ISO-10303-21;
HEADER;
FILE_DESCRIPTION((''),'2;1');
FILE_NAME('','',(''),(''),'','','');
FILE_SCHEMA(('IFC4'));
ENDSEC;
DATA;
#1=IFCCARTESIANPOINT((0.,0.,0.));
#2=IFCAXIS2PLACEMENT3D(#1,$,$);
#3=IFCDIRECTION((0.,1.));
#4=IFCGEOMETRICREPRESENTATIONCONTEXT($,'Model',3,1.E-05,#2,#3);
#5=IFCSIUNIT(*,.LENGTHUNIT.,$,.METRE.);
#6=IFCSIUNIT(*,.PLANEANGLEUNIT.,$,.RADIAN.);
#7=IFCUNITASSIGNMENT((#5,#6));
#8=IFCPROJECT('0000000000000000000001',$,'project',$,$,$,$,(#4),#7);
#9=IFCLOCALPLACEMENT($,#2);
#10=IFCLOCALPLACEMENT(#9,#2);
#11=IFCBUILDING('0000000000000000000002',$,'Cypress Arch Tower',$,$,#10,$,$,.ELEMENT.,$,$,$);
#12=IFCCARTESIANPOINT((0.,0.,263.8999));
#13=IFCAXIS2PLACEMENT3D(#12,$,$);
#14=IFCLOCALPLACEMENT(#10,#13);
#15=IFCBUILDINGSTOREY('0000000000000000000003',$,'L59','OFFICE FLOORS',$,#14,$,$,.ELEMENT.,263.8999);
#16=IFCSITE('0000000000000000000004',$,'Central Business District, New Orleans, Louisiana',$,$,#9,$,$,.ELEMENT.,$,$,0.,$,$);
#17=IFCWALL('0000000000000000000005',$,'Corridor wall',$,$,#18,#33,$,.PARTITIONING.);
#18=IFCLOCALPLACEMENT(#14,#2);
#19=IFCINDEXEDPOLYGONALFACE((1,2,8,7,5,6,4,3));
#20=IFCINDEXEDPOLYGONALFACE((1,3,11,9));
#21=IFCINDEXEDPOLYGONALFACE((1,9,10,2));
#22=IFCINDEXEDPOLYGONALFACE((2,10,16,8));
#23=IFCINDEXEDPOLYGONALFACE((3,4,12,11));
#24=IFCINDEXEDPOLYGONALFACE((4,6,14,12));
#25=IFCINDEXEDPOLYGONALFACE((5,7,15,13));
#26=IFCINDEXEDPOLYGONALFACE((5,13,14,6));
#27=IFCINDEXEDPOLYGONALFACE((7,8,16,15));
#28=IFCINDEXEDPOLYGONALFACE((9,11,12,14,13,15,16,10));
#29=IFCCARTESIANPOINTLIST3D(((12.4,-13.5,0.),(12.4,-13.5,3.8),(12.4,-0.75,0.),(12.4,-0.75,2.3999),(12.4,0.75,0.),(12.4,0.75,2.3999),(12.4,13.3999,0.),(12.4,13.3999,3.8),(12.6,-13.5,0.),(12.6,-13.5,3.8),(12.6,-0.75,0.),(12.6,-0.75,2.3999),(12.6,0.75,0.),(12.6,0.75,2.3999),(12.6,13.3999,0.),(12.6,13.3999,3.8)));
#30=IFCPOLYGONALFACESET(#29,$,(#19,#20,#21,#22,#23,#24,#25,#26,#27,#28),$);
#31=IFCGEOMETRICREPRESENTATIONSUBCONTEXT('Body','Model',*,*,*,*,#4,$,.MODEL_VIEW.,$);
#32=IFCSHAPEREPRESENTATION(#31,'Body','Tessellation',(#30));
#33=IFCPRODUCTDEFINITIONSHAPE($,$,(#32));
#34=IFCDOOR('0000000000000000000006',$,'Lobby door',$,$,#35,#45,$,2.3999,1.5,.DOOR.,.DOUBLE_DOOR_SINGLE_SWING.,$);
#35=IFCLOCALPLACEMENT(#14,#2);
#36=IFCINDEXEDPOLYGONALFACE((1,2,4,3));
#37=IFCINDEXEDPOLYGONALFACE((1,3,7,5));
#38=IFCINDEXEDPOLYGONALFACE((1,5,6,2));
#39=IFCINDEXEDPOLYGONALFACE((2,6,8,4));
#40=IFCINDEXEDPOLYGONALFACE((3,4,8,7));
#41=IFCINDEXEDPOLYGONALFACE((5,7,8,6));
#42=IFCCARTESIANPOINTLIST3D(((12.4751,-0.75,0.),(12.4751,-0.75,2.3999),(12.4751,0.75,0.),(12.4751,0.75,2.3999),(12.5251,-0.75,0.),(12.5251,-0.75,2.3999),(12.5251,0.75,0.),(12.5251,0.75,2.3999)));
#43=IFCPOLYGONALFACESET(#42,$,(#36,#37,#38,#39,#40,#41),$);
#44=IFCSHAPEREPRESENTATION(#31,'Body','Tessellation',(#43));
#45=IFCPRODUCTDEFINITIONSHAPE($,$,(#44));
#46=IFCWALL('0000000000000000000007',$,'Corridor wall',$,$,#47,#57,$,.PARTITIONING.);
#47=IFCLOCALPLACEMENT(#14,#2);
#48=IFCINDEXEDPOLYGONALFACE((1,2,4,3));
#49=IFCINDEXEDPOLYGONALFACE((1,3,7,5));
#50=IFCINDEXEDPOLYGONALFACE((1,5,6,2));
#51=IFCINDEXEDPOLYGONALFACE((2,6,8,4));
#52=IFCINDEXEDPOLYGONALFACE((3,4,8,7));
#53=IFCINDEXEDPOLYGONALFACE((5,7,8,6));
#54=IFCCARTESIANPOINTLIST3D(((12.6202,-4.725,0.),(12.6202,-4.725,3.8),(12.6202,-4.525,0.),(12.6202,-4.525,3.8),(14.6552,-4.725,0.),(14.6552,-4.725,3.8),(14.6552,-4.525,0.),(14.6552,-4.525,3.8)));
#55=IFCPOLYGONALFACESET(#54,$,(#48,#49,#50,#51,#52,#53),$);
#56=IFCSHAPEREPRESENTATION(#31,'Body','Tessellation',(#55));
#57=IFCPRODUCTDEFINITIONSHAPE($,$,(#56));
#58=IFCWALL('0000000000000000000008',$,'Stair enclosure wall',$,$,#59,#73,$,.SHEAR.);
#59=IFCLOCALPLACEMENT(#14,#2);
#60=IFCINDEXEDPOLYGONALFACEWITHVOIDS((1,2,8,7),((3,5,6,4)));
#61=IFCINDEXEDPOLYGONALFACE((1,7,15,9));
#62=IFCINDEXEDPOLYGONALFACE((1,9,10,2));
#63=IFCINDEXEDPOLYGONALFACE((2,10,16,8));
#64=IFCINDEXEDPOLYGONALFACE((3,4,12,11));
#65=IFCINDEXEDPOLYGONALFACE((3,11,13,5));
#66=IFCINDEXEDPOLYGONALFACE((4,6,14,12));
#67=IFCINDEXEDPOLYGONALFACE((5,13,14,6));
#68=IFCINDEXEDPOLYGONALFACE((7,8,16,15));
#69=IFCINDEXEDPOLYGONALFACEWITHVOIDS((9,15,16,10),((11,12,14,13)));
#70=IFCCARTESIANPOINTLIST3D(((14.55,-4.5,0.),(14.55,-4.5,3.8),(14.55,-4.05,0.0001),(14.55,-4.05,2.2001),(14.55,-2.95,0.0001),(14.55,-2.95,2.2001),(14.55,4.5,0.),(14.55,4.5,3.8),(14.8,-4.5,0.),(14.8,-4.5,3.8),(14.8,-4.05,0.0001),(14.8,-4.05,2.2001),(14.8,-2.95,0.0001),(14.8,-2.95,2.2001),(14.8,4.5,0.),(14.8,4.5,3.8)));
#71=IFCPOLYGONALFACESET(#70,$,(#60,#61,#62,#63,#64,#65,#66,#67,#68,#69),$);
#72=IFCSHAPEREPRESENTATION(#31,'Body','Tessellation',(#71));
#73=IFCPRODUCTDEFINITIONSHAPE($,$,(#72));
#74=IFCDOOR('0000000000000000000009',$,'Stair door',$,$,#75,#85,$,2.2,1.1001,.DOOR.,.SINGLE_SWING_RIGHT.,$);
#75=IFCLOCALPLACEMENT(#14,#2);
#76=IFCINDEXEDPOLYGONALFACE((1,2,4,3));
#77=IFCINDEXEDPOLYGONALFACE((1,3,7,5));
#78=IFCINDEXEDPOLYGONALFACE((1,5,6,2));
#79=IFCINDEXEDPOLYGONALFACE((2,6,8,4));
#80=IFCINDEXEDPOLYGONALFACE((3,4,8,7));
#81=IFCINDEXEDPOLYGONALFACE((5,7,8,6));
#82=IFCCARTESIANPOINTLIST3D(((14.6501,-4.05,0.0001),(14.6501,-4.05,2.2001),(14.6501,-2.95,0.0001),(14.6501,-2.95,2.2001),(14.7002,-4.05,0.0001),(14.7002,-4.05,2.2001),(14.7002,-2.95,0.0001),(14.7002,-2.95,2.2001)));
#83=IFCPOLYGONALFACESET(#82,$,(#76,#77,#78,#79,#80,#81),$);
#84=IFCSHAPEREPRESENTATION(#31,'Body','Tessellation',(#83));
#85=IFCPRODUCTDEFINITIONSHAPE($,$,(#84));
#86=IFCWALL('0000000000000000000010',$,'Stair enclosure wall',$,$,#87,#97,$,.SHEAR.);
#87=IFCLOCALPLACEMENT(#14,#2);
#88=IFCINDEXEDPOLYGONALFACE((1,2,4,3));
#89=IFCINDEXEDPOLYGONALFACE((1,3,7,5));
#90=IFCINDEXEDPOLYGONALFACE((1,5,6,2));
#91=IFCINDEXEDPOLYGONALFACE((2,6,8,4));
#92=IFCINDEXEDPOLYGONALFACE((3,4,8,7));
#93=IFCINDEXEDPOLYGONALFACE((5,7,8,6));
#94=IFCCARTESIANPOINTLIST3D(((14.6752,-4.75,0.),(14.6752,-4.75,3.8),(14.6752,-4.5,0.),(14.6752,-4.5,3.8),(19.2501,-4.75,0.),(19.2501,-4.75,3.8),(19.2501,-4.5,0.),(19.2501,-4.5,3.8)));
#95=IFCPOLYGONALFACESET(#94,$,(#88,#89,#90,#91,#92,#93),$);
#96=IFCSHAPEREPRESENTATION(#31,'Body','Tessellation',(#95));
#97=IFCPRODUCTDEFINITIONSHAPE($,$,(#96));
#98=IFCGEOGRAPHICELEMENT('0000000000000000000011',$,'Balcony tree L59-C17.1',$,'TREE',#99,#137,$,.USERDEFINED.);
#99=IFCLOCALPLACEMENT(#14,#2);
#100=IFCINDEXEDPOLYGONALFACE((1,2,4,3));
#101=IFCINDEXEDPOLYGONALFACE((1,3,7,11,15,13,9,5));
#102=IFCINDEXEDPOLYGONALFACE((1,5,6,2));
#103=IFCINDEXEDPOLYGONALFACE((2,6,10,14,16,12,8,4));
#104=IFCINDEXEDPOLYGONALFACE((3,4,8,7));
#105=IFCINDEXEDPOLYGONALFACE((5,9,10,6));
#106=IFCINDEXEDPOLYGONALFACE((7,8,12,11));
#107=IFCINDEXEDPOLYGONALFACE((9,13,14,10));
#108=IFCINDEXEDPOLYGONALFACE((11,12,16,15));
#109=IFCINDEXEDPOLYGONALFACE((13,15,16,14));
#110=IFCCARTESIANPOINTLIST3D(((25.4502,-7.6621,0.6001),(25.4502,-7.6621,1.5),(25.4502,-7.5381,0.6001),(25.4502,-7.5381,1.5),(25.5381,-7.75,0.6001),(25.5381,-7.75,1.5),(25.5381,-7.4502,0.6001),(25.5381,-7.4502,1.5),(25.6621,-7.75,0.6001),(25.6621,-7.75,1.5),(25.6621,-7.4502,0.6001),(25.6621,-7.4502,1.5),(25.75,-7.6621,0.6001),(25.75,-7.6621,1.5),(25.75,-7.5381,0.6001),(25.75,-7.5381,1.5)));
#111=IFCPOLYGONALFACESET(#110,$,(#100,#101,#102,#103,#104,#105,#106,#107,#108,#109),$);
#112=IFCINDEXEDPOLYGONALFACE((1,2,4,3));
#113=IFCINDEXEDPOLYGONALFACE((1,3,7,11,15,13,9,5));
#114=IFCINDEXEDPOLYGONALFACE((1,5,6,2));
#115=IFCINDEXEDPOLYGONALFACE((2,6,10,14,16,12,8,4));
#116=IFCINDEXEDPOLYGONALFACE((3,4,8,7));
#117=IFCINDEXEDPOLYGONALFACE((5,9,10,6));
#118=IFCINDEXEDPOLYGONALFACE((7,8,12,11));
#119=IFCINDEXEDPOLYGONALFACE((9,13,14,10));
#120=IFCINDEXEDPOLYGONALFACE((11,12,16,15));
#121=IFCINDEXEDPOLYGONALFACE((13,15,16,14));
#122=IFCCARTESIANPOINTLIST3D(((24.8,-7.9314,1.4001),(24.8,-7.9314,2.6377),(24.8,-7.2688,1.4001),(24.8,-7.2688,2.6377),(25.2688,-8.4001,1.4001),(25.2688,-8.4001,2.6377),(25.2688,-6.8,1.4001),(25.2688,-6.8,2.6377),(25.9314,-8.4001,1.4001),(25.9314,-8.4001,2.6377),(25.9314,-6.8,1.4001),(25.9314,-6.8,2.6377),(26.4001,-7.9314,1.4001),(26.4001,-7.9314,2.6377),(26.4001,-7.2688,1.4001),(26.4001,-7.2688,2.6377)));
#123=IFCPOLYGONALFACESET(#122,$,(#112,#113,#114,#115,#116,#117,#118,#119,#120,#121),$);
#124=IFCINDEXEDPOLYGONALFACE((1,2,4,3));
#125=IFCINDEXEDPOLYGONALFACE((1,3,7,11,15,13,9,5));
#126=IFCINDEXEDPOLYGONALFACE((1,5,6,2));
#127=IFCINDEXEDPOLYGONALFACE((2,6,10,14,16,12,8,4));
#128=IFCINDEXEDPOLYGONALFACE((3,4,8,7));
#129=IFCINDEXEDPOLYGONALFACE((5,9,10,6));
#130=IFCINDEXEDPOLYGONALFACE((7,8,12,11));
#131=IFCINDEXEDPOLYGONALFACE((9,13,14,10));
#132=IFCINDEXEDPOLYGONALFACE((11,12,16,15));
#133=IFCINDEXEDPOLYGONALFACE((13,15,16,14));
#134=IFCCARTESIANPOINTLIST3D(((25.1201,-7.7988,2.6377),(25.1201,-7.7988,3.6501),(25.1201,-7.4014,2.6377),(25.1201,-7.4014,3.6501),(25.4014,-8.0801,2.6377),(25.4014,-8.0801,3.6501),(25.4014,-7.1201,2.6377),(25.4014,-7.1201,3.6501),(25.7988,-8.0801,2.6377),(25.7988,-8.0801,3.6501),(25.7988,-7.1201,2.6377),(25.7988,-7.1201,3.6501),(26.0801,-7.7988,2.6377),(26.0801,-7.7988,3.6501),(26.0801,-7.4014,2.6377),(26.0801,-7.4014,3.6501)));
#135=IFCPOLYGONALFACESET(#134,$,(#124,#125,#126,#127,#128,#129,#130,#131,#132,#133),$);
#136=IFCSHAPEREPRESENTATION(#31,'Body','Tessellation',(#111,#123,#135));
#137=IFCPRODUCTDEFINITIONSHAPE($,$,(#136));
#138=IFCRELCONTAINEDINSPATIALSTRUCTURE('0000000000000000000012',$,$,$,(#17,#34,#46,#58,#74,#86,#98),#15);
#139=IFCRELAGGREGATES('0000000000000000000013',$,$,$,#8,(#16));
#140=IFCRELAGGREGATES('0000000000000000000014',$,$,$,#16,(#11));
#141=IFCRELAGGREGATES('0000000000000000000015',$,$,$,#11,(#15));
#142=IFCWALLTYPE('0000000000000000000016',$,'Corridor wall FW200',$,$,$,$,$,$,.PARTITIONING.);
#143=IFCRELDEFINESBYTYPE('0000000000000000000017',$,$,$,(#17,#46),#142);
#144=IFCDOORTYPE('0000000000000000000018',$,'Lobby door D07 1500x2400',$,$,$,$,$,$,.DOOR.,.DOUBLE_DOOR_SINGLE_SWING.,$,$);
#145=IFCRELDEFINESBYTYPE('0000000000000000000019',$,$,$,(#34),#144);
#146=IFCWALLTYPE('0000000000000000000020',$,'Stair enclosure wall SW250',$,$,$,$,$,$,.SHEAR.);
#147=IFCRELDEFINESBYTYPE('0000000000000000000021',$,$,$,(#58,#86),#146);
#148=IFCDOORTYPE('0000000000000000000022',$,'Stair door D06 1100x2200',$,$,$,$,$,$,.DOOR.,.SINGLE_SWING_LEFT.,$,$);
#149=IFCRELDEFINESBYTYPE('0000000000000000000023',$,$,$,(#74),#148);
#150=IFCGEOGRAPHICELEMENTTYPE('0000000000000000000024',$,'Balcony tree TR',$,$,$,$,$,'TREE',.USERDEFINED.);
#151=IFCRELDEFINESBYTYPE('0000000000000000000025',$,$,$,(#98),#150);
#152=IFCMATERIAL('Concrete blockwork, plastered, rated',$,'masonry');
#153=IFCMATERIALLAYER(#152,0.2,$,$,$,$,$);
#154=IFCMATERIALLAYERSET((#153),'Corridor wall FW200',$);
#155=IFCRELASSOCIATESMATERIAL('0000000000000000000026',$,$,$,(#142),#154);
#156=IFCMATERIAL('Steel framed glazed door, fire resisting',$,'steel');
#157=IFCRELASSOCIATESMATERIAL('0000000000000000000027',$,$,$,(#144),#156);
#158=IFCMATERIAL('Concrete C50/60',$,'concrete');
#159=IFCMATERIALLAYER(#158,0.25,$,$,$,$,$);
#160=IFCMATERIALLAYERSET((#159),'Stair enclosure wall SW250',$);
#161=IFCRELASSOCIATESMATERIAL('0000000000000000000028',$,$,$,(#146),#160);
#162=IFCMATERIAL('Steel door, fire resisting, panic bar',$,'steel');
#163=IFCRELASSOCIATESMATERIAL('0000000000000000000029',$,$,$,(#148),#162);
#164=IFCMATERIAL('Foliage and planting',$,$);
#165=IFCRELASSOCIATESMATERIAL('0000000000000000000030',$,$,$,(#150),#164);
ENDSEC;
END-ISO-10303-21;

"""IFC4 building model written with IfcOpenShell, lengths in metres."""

from ifc_helpers import new_model, si_unit, direction, frame, frame_2d, origin, place, context, subcontext, project, spatial, polyline, rectangle, outline, extrude, material, layer, layer_set, type_object, element, fill, save


model = new_model("IFC4")

# Units and contexts
model_context = context("Model", 3, precision=1e-05, world=origin(), true_north=direction((0.0, 1.0)))
body_context = subcontext(model_context, "Body", "Model", "MODEL_VIEW")
ifc_project = project(units=[si_unit("LENGTHUNIT", "METRE"), si_unit("PLANEANGLEUNIT", "RADIAN")], contexts=[model_context])

# Site, building, storey
site_placement = place(None, origin())
site = spatial("IfcSite", under=ifc_project, at=site_placement, Name="Central Business District, New Orleans, Louisiana", CompositionType="ELEMENT", RefElevation=0.0)
building_placement = place(site_placement, origin())
building = spatial("IfcBuilding", under=site, at=building_placement, Name="Cypress Arch Tower", CompositionType="ELEMENT")
storey_placement = place(building_placement, frame((0.0, 0.0, 263.8999)))
storey = spatial("IfcBuildingStorey", under=building, at=storey_placement, Name="L59", Description="OFFICE FLOORS", CompositionType="ELEMENT", Elevation=263.8999)

# Wall, opening, door
ifc_material_1 = material(Name="Concrete blockwork, plastered, rated", Category="masonry")
ifc_layer_1 = layer(ifc_material_1, 0.2)
ifc_layer_set_1 = layer_set([ifc_layer_1], Name="Corridor wall FW200")
wall_type_1 = type_object("IfcWallType", Name="Corridor wall FW200", PredefinedType="PARTITIONING", material=ifc_layer_set_1)
wall_1_placement = place(storey_placement, frame((12.5, -13.5, 0.0), z_axis=(0.0, 0.0, 1.0), x_axis=(0.0, 1.0, 0.0)))
wall_1 = element("IfcWall", 1, at=wall_1_placement, inside=storey, type_object=wall_type_1, Name="Corridor wall", PredefinedType="PARTITIONING", context=body_context, shape_type="SweptSolid", body=[
    extrude(rectangle(XDim=26.8999, YDim=0.2, at=frame_2d((13.45, 0.0))), origin(), (0.0, 0.0, 1.0), 3.8),
])
opening_1_placement = place(wall_1_placement, frame((12.75, 0.0, 0.0)))
opening_1 = element("IfcOpeningElement", 2, at=opening_1_placement, cuts=wall_1, PredefinedType="OPENING", context=body_context, shape_type="SweptSolid", body=[
    extrude(rectangle(XDim=1.5, YDim=2.3999, at=frame_2d((0.75, 1.2))), frame((0.0, 0.1099, 0.0), z_axis=(0.0, -1.0, 0.0), x_axis=(1.0, 0.0, 0.0)), (0.0, 0.0, 1.0), 0.22),
])
ifc_material_2 = material(Name="Steel framed glazed door, fire resisting", Category="steel")
door_type_1 = type_object("IfcDoorType", Name="Lobby door D07 1500x2400", OperationType="DOUBLE_DOOR_SINGLE_SWING", PredefinedType="DOOR", material=ifc_material_2)
door_1_placement = place(opening_1_placement, origin())
door_1 = element("IfcDoor", 3, at=door_1_placement, inside=storey, type_object=door_type_1, Name="Lobby door", OperationType="DOUBLE_DOOR_SINGLE_SWING", OverallHeight=2.3999, OverallWidth=1.5, PredefinedType="DOOR", context=body_context, shape_type="SweptSolid", body=[
    extrude(rectangle(XDim=1.5, YDim=2.3999, at=frame_2d((0.75, 1.2))), frame((0.0, 0.0249, 0.0), z_axis=(0.0, -1.0, 0.0), x_axis=(1.0, 0.0, 0.0)), (0.0, 0.0, 1.0), 0.05),
])
fill(opening_1, door_1)

# Wall
wall_2_placement = place(storey_placement, frame((12.6201, -4.625, 0.0), z_axis=(0.0, 0.0, 1.0), x_axis=(1.0, 0.0, 0.0)))
element("IfcWall", 4, at=wall_2_placement, inside=storey, type_object=wall_type_1, Name="Corridor wall", PredefinedType="PARTITIONING", context=body_context, shape_type="SweptSolid", body=[
    extrude(rectangle(XDim=2.0349, YDim=0.2, at=frame_2d((1.0176, 0.0))), origin(), (0.0, 0.0, 1.0), 3.8),
])

# Wall, opening, door
ifc_material_3 = material(Name="Concrete C50/60", Category="concrete")
ifc_layer_2 = layer(ifc_material_3, 0.25)
ifc_layer_set_2 = layer_set([ifc_layer_2], Name="Stair enclosure wall SW250")
wall_type_2 = type_object("IfcWallType", Name="Stair enclosure wall SW250", PredefinedType="SHEAR", material=ifc_layer_set_2)
wall_3_placement = place(storey_placement, frame((14.675, -4.5, 0.0), z_axis=(0.0, 0.0, 1.0), x_axis=(0.0, 1.0, 0.0)))
wall_3 = element("IfcWall", 5, at=wall_3_placement, inside=storey, type_object=wall_type_2, Name="Stair enclosure wall", PredefinedType="SHEAR", context=body_context, shape_type="SweptSolid", body=[
    extrude(rectangle(XDim=9.0, YDim=0.25, at=frame_2d((4.5, 0.0))), origin(), (0.0, 0.0, 1.0), 3.8),
])
opening_2_placement = place(wall_3_placement, frame((0.45, 0.0, 0.0)))
opening_2 = element("IfcOpeningElement", 6, at=opening_2_placement, cuts=wall_3, PredefinedType="OPENING", context=body_context, shape_type="SweptSolid", body=[
    extrude(rectangle(XDim=1.1001, YDim=2.2, at=frame_2d((0.55, 1.1001))), frame((0.0, 0.135, 0.0), z_axis=(0.0, -1.0, 0.0), x_axis=(1.0, 0.0, 0.0)), (0.0, 0.0, 1.0), 0.27),
])
ifc_material_4 = material(Name="Steel door, fire resisting, panic bar", Category="steel")
door_type_2 = type_object("IfcDoorType", Name="Stair door D06 1100x2200", OperationType="SINGLE_SWING_LEFT", PredefinedType="DOOR", material=ifc_material_4)
door_2_placement = place(opening_2_placement, origin())
door_2 = element("IfcDoor", 7, at=door_2_placement, inside=storey, type_object=door_type_2, Name="Stair door", OperationType="SINGLE_SWING_RIGHT", OverallHeight=2.2, OverallWidth=1.1001, PredefinedType="DOOR", context=body_context, shape_type="SweptSolid", body=[
    extrude(rectangle(XDim=1.1001, YDim=2.2, at=frame_2d((0.55, 1.1001))), frame((0.0, 0.0249, 0.0), z_axis=(0.0, -1.0, 0.0), x_axis=(1.0, 0.0, 0.0)), (0.0, 0.0, 1.0), 0.05),
])
fill(opening_2, door_2)

# Wall
wall_4_placement = place(storey_placement, frame((14.675, -4.625, 0.0), z_axis=(0.0, 0.0, 1.0), x_axis=(1.0, 0.0, 0.0)))
element("IfcWall", 8, at=wall_4_placement, inside=storey, type_object=wall_type_2, Name="Stair enclosure wall", PredefinedType="SHEAR", context=body_context, shape_type="SweptSolid", body=[
    extrude(rectangle(XDim=4.575, YDim=0.25, at=frame_2d((2.2876, 0.0))), origin(), (0.0, 0.0, 1.0), 3.8),
])

# Geographic element
ifc_material_5 = material(Name="Foliage and planting")
geographic_element_type = type_object("IfcGeographicElementType", Name="Balcony tree TR", ElementType="TREE", PredefinedType="USERDEFINED", material=ifc_material_5)
geographic_element_placement = place(storey_placement, frame((25.6001, -7.6001, 0.6001), z_axis=(0.0, 0.0, 1.0), x_axis=(1.0, 0.0, 0.0)))
element("IfcGeographicElement", 9, at=geographic_element_placement, inside=storey, type_object=geographic_element_type, Name="Balcony tree L59-C17.1", ObjectType="TREE", PredefinedType="USERDEFINED", context=body_context, shape_type="SweptSolid", body=[
    extrude(outline(polyline([(0.1499, 0.062), (0.062, 0.1499), (-0.062, 0.1499), (-0.1499, 0.062), (-0.1499, -0.062), (-0.062, -0.1499), (0.062, -0.1499), (0.1499, -0.062), (0.1499, 0.062)])), origin(), (0.0, 0.0, 1.0), 0.8999),
    extrude(outline(polyline([(0.8, 0.3313), (0.3313, 0.8), (-0.3313, 0.8), (-0.8, 0.3313), (-0.8, -0.3313), (-0.3313, -0.8), (0.3313, -0.8), (0.8, -0.3313), (0.8, 0.3313)])), frame((0.0, 0.0, 0.8)), (0.0, 0.0, 1.0), 1.2375),
    extrude(outline(polyline([(0.48, 0.1987), (0.1987, 0.48), (-0.1987, 0.48), (-0.48, 0.1987), (-0.48, -0.1987), (-0.1987, -0.48), (0.1987, -0.48), (0.48, -0.1987), (0.48, 0.1987)])), frame((0.0, 0.0, 2.0376)), (0.0, 0.0, 1.0), 1.0125),
])

save(model, "model.ifc")
